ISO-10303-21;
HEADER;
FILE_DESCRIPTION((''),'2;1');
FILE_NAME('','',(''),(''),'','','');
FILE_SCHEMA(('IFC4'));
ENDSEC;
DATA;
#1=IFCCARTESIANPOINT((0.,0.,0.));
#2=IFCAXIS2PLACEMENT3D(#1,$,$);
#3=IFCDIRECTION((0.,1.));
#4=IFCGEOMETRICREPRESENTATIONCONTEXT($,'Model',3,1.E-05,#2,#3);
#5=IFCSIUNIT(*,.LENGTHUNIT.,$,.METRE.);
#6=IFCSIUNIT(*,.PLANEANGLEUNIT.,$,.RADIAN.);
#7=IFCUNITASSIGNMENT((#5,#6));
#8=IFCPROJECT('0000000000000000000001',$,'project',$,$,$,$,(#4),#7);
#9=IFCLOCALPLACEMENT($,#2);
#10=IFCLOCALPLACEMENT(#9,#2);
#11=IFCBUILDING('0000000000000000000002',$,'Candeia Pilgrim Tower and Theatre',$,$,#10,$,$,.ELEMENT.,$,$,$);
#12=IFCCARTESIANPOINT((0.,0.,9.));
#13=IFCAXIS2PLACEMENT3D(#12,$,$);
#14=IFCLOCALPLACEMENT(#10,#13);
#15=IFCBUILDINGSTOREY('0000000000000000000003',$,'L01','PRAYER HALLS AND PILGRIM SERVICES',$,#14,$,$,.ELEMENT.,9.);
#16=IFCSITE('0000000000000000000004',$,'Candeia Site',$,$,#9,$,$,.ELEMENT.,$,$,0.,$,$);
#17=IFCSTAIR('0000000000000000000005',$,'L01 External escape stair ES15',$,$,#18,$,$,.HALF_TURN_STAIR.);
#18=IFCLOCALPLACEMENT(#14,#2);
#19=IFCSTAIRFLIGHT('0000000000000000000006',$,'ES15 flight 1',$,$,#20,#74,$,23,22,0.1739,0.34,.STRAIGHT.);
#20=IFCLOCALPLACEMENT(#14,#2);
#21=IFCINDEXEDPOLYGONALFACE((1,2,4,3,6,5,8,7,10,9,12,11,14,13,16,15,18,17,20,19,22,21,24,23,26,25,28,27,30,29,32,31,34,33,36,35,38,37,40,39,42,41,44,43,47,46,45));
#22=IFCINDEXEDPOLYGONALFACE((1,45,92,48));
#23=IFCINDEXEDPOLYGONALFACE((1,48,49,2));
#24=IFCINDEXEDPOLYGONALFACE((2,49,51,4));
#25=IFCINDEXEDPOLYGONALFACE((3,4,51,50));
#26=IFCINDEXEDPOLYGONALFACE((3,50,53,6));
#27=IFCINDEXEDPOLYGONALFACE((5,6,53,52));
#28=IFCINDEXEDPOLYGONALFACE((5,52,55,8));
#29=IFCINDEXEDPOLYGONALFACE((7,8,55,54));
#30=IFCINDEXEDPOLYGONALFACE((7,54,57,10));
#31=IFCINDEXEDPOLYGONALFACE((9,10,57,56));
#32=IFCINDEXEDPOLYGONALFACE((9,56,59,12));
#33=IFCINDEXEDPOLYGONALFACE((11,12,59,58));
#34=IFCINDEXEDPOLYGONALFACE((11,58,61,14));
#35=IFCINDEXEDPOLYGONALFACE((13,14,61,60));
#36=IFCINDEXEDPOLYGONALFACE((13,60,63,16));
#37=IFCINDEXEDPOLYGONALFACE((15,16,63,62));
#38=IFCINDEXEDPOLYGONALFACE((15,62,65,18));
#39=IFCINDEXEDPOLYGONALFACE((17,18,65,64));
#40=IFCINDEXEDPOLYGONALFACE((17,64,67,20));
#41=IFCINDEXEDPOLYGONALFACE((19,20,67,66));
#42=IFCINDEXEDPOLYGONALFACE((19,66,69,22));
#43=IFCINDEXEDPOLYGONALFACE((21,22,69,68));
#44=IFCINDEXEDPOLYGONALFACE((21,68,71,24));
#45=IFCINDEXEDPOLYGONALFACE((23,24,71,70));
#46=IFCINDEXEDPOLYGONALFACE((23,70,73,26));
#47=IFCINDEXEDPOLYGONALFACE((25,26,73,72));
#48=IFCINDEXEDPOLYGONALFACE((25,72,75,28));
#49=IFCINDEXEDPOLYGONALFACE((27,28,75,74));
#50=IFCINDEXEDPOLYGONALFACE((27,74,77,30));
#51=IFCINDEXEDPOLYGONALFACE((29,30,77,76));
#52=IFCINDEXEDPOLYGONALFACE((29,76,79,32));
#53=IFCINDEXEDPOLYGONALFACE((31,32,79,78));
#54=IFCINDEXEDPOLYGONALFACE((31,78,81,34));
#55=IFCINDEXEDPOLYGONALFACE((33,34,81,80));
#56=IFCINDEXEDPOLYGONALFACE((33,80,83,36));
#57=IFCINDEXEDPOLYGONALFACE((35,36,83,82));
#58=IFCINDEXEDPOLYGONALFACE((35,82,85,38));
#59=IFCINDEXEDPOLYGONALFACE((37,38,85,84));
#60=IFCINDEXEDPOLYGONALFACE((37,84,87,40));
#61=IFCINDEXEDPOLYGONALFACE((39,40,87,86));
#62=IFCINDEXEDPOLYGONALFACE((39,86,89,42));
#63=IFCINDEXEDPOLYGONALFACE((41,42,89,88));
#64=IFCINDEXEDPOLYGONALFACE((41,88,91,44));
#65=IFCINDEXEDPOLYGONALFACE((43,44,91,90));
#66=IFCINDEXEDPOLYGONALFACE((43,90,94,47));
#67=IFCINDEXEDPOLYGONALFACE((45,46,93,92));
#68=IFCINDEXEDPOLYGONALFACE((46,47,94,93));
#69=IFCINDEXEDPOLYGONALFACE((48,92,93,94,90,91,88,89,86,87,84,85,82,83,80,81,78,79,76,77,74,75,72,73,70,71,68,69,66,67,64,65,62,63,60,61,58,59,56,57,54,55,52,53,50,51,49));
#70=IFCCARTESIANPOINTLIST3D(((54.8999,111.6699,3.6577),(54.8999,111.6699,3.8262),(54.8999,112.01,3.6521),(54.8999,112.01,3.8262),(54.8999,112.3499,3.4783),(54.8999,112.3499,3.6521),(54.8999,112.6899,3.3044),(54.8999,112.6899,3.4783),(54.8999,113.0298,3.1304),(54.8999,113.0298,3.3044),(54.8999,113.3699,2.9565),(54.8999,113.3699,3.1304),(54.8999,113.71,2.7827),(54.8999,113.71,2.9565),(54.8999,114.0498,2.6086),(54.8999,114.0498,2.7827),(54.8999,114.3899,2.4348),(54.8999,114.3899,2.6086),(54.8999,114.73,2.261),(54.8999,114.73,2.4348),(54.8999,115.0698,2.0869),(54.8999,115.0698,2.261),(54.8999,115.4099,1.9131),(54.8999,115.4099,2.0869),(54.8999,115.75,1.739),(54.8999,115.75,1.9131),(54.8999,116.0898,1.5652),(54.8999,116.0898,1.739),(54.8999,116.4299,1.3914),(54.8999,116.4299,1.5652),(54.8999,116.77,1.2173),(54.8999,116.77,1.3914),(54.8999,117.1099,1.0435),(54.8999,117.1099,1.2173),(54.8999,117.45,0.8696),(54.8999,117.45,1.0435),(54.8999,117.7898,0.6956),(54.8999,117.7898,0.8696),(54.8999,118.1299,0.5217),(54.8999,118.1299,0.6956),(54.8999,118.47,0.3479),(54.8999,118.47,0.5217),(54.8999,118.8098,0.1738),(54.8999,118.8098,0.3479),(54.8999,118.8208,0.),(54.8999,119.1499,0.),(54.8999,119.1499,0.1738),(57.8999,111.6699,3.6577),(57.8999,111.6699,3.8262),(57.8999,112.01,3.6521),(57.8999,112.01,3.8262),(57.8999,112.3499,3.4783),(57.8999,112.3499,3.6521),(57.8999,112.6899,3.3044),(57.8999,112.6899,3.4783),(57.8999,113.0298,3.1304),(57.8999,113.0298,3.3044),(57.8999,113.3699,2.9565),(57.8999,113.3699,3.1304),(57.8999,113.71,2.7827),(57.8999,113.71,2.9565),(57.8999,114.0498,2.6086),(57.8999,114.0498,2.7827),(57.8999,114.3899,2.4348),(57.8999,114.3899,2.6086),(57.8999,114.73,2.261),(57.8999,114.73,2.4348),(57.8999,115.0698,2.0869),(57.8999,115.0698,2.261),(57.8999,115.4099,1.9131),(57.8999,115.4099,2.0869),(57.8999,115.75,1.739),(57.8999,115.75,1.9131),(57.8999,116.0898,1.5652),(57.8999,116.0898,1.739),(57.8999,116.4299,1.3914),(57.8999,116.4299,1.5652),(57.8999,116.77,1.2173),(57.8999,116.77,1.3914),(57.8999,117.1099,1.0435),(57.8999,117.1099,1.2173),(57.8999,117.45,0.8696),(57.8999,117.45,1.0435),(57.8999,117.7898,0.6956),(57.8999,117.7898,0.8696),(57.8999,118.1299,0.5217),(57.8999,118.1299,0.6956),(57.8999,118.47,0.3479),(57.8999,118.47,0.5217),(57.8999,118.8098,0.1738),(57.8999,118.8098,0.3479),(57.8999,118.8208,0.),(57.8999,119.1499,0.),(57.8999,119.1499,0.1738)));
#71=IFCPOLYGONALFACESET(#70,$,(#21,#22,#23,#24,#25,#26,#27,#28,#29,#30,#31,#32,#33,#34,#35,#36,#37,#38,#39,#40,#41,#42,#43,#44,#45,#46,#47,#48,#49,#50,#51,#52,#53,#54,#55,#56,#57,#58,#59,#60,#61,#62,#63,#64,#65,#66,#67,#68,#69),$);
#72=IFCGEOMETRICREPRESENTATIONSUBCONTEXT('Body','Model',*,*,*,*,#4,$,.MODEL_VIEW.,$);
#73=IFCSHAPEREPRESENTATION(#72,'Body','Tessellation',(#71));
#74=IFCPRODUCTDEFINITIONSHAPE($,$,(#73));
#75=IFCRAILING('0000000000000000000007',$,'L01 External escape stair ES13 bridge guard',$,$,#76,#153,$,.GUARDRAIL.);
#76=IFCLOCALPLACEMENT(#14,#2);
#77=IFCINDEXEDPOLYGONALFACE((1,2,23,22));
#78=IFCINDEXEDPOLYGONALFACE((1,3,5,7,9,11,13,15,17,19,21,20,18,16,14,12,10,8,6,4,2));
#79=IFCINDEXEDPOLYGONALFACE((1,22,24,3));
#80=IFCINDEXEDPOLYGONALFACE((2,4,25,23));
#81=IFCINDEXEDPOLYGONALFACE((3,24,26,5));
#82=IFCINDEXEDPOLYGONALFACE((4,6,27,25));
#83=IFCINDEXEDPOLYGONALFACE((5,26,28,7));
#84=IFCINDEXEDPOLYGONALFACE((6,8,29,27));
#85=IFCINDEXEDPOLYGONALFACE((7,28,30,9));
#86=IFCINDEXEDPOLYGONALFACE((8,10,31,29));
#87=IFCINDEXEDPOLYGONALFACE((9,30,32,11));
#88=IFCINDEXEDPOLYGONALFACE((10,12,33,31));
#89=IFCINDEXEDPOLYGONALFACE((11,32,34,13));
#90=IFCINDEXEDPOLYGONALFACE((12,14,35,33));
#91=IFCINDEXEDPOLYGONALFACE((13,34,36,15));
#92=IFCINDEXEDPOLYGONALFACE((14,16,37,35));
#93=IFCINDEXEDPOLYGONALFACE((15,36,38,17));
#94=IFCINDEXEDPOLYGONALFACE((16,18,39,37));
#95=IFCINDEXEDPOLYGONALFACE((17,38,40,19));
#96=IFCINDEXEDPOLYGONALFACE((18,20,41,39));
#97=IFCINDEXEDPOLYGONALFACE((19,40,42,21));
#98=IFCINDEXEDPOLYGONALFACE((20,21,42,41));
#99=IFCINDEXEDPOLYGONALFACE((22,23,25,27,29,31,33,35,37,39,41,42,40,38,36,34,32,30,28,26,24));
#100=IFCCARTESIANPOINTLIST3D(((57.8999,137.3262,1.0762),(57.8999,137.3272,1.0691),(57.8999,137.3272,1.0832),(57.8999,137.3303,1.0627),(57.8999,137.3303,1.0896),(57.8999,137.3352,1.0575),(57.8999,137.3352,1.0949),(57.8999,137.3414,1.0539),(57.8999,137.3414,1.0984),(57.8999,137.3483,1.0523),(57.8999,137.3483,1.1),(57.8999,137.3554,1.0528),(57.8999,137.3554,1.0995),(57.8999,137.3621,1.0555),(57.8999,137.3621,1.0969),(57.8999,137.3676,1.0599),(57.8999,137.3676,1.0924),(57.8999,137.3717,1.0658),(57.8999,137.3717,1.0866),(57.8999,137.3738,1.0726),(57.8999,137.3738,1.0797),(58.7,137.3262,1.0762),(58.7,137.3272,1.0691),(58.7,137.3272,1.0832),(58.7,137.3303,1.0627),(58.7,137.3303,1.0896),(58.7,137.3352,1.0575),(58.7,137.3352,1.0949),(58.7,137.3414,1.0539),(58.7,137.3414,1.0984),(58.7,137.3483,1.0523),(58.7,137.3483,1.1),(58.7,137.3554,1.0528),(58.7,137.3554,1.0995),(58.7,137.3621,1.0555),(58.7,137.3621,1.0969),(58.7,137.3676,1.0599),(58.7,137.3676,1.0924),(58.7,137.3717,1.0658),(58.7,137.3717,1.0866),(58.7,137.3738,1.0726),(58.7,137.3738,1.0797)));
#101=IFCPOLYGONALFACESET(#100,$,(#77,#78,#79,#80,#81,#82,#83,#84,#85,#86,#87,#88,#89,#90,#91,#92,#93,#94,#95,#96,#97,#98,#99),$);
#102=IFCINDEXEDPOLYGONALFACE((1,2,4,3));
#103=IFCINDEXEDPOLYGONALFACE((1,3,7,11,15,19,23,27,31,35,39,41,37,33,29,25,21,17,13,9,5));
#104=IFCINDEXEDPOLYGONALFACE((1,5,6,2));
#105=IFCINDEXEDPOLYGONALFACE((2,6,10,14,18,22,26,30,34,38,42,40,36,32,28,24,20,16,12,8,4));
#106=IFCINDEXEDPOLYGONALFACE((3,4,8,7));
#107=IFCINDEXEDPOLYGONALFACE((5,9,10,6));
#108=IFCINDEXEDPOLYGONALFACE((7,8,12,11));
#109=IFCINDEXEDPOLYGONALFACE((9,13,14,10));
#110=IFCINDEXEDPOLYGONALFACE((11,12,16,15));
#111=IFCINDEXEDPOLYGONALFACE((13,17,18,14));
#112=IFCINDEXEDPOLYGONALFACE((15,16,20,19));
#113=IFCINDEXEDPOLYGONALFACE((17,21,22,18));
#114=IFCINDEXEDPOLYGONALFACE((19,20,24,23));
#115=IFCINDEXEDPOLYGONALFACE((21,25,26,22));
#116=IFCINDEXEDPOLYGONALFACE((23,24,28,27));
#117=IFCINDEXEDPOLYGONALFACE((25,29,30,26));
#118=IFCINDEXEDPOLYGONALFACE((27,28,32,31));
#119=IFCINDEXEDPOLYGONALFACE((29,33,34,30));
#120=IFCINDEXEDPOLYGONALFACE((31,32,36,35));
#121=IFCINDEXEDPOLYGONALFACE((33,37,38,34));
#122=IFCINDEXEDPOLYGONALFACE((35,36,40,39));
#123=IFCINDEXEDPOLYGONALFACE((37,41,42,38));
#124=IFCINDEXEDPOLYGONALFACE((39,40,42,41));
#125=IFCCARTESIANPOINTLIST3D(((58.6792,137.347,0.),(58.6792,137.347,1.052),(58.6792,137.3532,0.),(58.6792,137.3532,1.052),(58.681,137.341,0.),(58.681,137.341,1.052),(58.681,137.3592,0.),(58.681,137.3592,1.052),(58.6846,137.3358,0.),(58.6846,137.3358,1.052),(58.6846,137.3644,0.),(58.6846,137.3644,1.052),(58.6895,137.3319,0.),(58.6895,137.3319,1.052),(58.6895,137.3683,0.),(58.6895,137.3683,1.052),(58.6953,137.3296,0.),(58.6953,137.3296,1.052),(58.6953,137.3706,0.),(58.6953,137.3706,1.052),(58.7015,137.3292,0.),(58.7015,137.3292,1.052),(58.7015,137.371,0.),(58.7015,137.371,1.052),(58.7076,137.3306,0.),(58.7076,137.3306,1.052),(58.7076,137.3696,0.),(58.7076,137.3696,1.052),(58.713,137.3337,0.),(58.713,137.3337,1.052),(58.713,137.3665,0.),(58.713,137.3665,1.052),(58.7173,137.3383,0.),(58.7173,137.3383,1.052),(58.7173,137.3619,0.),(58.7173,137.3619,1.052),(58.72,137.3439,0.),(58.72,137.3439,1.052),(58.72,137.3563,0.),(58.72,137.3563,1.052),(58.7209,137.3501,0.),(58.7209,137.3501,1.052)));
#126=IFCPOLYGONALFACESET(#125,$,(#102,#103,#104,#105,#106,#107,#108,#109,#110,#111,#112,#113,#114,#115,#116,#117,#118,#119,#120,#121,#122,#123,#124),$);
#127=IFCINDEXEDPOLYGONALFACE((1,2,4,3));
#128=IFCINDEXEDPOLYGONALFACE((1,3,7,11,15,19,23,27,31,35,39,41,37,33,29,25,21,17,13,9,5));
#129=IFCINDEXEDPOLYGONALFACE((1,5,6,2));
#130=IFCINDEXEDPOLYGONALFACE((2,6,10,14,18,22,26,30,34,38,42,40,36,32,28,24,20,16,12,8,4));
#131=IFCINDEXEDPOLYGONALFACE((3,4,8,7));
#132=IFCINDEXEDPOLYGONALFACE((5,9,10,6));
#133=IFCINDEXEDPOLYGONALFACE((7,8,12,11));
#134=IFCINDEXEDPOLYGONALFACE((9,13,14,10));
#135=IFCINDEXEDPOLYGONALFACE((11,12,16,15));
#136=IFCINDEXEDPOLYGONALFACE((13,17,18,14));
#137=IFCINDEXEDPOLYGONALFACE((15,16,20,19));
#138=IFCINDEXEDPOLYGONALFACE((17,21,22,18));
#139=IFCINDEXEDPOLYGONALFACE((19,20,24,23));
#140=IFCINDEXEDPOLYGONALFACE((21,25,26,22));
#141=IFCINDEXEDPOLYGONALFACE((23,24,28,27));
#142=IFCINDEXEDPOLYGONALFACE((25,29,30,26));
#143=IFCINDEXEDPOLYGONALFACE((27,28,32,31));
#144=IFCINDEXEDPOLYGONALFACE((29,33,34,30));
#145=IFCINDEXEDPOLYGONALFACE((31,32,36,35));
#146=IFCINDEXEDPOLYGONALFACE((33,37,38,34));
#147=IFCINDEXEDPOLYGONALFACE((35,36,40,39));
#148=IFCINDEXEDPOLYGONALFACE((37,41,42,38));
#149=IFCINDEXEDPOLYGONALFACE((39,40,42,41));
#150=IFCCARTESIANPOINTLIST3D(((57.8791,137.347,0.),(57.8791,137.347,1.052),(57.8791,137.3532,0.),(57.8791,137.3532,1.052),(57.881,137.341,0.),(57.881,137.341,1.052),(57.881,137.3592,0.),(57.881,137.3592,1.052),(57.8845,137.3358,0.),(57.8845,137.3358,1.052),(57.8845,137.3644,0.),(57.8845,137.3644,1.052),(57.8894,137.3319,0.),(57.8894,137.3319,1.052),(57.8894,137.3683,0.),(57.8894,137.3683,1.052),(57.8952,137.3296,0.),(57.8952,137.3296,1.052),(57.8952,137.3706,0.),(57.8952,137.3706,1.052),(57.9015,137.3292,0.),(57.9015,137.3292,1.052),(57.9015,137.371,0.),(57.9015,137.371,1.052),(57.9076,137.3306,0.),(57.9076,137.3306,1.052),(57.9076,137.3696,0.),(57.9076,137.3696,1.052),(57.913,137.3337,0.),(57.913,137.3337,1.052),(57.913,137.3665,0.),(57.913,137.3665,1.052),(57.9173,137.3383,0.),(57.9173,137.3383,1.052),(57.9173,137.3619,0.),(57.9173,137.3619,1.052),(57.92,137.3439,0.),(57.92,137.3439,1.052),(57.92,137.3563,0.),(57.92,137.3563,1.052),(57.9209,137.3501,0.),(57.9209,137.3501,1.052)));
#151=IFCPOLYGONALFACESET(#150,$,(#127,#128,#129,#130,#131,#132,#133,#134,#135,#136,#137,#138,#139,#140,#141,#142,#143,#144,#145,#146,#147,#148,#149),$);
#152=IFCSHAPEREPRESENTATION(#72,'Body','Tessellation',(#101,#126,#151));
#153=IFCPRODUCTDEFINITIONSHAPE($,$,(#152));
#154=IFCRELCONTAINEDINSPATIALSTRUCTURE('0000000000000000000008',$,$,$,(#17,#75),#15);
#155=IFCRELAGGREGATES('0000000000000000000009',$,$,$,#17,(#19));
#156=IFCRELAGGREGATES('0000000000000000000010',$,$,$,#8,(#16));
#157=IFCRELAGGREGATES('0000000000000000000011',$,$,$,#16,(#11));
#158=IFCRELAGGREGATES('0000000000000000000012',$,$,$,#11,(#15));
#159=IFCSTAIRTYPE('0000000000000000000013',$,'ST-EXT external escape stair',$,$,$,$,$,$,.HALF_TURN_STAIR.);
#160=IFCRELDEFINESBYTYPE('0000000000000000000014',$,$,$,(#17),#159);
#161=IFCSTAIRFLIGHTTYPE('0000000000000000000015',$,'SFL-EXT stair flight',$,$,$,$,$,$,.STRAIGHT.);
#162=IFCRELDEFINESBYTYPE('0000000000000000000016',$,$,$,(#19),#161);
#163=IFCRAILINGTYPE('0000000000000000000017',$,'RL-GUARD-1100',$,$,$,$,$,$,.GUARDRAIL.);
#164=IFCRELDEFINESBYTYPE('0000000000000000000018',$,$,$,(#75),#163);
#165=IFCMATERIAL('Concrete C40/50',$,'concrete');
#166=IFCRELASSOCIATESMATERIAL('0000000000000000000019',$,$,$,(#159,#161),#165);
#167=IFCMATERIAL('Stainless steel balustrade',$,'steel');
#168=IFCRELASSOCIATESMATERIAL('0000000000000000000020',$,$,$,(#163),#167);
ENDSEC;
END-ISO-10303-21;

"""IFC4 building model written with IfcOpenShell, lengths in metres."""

from ifc_helpers import new_model, si_unit, direction, frame, origin, origin_2d, place, context, subcontext, project, spatial, polyline, circle, outline, extrude, material, type_object, element, aggregate, save


model = new_model("IFC4")

# Units and contexts
model_context = context("Model", 3, precision=1e-05, world=origin(), true_north=direction((0.0, 1.0)))
body_context = subcontext(model_context, "Body", "Model", "MODEL_VIEW")
ifc_project = project(units=[si_unit("LENGTHUNIT", "METRE"), si_unit("PLANEANGLEUNIT", "RADIAN")], contexts=[model_context])

# Site, building, storey
site_placement = place(None, origin())
site = spatial("IfcSite", under=ifc_project, at=site_placement, Name="Candeia Site", CompositionType="ELEMENT", RefElevation=0.0)
building_placement = place(site_placement, origin())
building = spatial("IfcBuilding", under=site, at=building_placement, Name="Candeia Pilgrim Tower and Theatre", CompositionType="ELEMENT")
storey_placement = place(building_placement, frame((0.0, 0.0, 9.0)))
storey = spatial("IfcBuildingStorey", under=building, at=storey_placement, Name="L01", Description="PRAYER HALLS AND PILGRIM SERVICES", CompositionType="ELEMENT", Elevation=9.0)

# Shared definitions
ifc_material_1 = material(Name="Concrete C40/50", Category="concrete")

# Shared definitions
stair_type = type_object("IfcStairType", Name="ST-EXT external escape stair", PredefinedType="HALF_TURN_STAIR", material=ifc_material_1)
stair_flight_type = type_object("IfcStairFlightType", Name="SFL-EXT stair flight", PredefinedType="STRAIGHT", material=ifc_material_1)

# Stair, stair flight
stair_1_placement = place(storey_placement, origin())
stair_1 = element("IfcStair", 1, at=stair_1_placement, inside=storey, type_object=stair_type, Name="L01 External escape stair ES15", PredefinedType="HALF_TURN_STAIR")
stair_flight_1_placement = place(storey_placement, frame((56.3999, 119.1499, 0.0), z_axis=(0.0, 0.0, 1.0), x_axis=(0.0, -1.0, 0.0)))
stair_flight_1 = element("IfcStairFlight", 2, at=stair_flight_1_placement, type_object=stair_flight_type, Name="ES15 flight 1", NumberOfRisers=23, NumberOfTreads=22, PredefinedType="STRAIGHT", RiserHeight=0.1739, TreadLength=0.34, context=body_context, shape_type="SweptSolid", body=[
    extrude(outline(polyline([(0.0, 0.0), (0.0, 0.1738), (0.3401, 0.1738), (0.3401, 0.3479), (0.6799, 0.3479), (0.6799, 0.5217), (1.02, 0.5217), (1.02, 0.6956), (1.3601, 0.6956), (1.3601, 0.8696), (1.7, 0.8696), (1.7, 1.0435), (2.04, 1.0435), (2.04, 1.2173), (2.3799, 1.2173), (2.3799, 1.3914), (2.72, 1.3914), (2.72, 1.5652), (3.0601, 1.5652), (3.0601, 1.739), (3.3999, 1.739), (3.3999, 1.9131), (3.74, 1.9131), (3.74, 2.0869), (4.0801, 2.0869), (4.0801, 2.261), (4.4199, 2.261), (4.4199, 2.4348), (4.76, 2.4348), (4.76, 2.6086), (5.1001, 2.6086), (5.1001, 2.7827), (5.4399, 2.7827), (5.4399, 2.9565), (5.78, 2.9565), (5.78, 3.1304), (6.1201, 3.1304), (6.1201, 3.3044), (6.46, 3.3044), (6.46, 3.4783), (6.8, 3.4783), (6.8, 3.6521), (7.1399, 3.6521), (7.1399, 3.8262), (7.48, 3.8262), (7.48, 4.0), (7.48, 3.6577), (0.3291, 0.0), (0.0, 0.0)])), frame((0.0, 1.5, 0.0), z_axis=(0.0, -1.0, 0.0), x_axis=(1.0, 0.0, 0.0)), (0.0, 0.0, 1.0), 3.0),
])
aggregate(stair_1, [stair_flight_1])

# Railing
ifc_material_2 = material(Name="Stainless steel balustrade", Category="steel")
railing_type_1 = type_object("IfcRailingType", Name="RL-GUARD-1100", PredefinedType="GUARDRAIL", material=ifc_material_2)
railing_1_placement = place(storey_placement, frame((58.7, 137.3501, 0.0)))
element("IfcRailing", 3, at=railing_1_placement, inside=storey, type_object=railing_type_1, Name="L01 External escape stair ES13 bridge guard", PredefinedType="GUARDRAIL", context=body_context, shape_type="SweptSolid", body=[
    extrude(circle(Radius=0.0239, at=origin_2d()), frame((0.0, 0.0, 1.0762), z_axis=(-1.0, 0.0, 0.0), x_axis=(0.0, -1.0, 0.0)), (0.0, 0.0, 1.0), 0.8),
    extrude(circle(Radius=0.021, at=origin_2d()), origin(), (0.0, 0.0, 1.0), 1.052),
    extrude(circle(Radius=0.021, at=origin_2d()), frame((-0.8, 0.0, 0.0)), (0.0, 0.0, 1.0), 1.052),
])

save(model, "model.ifc")
